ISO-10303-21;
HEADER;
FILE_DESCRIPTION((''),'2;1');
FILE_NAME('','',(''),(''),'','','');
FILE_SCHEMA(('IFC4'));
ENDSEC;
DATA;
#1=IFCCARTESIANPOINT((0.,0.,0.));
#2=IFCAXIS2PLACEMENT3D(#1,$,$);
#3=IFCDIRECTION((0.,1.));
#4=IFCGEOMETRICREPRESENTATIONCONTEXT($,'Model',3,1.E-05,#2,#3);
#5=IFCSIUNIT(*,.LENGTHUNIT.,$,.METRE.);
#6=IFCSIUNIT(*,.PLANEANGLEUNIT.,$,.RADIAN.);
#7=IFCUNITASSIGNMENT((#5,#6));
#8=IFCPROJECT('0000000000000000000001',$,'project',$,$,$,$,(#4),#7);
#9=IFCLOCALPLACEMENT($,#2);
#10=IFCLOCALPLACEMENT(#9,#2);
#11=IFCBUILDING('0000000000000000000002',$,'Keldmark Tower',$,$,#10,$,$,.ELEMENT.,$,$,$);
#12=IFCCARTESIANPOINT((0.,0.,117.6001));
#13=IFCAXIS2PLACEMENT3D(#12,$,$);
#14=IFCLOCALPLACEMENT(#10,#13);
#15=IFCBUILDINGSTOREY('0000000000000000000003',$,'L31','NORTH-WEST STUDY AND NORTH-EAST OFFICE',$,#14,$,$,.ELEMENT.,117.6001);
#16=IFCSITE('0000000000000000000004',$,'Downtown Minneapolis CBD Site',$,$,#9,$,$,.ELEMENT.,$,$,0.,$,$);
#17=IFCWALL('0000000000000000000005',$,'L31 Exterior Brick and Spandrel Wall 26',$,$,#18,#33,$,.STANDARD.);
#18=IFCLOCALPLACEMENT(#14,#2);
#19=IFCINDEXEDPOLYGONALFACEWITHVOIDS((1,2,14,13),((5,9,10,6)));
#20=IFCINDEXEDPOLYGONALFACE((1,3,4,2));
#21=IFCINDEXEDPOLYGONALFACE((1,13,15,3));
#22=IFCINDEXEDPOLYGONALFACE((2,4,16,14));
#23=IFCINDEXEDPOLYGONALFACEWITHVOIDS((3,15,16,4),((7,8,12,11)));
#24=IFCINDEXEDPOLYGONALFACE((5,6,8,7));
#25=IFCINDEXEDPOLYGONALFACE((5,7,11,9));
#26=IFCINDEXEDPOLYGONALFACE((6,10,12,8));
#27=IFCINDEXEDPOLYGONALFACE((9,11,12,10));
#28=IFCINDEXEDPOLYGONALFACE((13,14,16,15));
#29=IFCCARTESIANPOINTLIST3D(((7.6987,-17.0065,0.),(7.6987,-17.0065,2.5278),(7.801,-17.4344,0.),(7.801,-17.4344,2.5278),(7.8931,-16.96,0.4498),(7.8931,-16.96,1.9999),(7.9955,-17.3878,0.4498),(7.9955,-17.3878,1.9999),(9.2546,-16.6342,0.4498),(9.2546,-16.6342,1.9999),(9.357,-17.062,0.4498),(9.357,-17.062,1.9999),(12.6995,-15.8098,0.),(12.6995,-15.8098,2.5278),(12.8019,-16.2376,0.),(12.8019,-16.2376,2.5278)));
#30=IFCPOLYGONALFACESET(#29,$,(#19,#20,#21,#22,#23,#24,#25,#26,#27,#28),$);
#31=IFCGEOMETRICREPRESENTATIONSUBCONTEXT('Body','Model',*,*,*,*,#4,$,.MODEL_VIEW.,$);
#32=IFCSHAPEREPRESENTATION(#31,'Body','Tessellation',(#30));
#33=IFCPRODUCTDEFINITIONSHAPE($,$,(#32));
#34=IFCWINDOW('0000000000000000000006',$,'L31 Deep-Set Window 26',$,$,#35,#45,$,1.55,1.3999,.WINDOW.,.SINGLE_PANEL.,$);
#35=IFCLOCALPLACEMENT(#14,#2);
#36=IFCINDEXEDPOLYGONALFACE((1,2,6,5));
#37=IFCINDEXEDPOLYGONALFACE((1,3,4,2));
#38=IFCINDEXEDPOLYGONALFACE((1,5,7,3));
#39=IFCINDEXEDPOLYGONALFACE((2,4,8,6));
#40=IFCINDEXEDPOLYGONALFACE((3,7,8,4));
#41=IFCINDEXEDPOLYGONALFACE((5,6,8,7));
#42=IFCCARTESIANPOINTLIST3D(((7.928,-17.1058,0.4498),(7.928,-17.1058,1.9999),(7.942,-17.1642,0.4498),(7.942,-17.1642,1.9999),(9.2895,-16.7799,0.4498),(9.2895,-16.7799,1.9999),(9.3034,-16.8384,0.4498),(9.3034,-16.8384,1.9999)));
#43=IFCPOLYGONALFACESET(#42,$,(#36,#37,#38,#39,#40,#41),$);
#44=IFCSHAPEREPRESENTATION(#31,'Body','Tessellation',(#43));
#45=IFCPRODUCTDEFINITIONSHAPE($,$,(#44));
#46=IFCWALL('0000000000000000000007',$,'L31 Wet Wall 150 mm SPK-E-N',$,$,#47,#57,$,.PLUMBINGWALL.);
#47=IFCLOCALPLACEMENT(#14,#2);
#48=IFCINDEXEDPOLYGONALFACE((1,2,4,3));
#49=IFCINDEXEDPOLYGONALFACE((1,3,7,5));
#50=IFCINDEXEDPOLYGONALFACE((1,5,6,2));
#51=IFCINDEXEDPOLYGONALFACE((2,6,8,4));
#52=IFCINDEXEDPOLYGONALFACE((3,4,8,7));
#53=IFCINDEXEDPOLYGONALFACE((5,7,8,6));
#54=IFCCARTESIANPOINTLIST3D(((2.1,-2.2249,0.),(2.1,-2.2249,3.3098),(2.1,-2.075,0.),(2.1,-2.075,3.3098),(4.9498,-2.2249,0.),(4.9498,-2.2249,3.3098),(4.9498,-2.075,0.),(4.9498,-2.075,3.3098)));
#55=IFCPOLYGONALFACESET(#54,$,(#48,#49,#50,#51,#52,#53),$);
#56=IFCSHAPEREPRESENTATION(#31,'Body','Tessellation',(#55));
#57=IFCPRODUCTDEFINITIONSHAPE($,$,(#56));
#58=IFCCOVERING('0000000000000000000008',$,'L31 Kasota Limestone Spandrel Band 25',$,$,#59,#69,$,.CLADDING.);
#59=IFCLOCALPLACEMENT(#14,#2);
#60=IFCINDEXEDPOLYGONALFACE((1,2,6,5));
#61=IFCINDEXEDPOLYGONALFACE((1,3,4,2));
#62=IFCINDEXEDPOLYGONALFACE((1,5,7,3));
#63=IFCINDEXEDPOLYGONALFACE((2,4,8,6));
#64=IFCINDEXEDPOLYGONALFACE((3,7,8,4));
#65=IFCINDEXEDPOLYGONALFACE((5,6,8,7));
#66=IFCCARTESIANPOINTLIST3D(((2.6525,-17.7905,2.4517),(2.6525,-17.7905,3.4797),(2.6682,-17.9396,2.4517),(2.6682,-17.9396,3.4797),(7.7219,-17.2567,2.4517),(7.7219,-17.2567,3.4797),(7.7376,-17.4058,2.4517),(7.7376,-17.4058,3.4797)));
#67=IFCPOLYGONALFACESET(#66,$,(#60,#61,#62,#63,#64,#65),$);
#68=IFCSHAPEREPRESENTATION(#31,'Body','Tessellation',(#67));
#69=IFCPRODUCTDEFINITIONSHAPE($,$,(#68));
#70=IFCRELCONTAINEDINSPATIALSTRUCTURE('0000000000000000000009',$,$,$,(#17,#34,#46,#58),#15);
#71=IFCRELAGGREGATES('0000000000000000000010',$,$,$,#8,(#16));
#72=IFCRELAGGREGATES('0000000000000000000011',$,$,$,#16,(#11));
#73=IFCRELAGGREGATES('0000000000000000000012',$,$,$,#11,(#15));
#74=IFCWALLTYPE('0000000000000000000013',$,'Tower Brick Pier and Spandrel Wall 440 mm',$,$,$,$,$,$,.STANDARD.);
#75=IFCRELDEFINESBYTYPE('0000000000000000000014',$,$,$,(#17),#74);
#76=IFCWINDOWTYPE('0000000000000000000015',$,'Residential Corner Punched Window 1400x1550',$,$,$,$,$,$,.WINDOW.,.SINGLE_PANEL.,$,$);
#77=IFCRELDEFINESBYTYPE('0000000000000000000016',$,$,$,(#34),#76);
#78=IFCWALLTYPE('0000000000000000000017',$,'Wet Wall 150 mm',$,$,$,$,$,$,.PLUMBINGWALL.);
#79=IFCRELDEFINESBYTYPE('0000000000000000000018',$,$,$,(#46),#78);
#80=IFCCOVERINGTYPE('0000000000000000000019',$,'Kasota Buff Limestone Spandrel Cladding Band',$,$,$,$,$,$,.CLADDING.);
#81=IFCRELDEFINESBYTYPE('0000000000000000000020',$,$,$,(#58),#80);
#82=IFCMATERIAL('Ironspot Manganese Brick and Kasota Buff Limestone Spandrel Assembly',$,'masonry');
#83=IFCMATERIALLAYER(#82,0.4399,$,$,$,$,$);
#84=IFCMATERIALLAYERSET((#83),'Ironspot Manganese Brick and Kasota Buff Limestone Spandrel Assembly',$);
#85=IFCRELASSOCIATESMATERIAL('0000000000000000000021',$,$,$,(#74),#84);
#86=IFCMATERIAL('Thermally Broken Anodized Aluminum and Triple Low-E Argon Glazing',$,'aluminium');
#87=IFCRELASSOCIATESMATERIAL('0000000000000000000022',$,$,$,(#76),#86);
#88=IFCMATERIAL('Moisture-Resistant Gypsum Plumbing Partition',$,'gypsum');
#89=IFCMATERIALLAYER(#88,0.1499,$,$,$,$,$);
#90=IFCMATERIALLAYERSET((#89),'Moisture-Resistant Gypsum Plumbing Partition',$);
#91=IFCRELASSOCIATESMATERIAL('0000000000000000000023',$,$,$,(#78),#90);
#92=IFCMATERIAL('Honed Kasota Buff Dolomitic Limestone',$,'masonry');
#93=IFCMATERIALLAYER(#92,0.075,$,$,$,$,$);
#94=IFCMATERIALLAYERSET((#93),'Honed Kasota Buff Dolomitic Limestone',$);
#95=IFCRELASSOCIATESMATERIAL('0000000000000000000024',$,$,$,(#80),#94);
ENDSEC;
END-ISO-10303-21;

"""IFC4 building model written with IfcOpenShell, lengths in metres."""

from ifc_helpers import new_model, si_unit, direction, frame, frame_2d, origin, origin_2d, place, context, subcontext, project, spatial, rectangle, extrude, material, layer, layer_set, type_object, element, fill, save


model = new_model("IFC4")

# Units and contexts
model_context = context("Model", 3, precision=1e-05, world=origin(), true_north=direction((0.0, 1.0)))
body_context = subcontext(model_context, "Body", "Model", "MODEL_VIEW")
ifc_project = project(units=[si_unit("LENGTHUNIT", "METRE"), si_unit("PLANEANGLEUNIT", "RADIAN")], contexts=[model_context])

# Site, building, storey
site_placement = place(None, origin())
site = spatial("IfcSite", under=ifc_project, at=site_placement, Name="Downtown Minneapolis CBD Site", CompositionType="ELEMENT", RefElevation=0.0)
building_placement = place(site_placement, origin())
building = spatial("IfcBuilding", under=site, at=building_placement, Name="Keldmark Tower", CompositionType="ELEMENT")
storey_placement = place(building_placement, frame((0.0, 0.0, 117.6001)))
storey = spatial("IfcBuildingStorey", under=building, at=storey_placement, Name="L31", Description="NORTH-WEST STUDY AND NORTH-EAST OFFICE", CompositionType="ELEMENT", Elevation=117.6001)

# Wall, opening, window
ifc_material_1 = material(Name="Ironspot Manganese Brick and Kasota Buff Limestone Spandrel Assembly", Category="masonry")
ifc_layer_1 = layer(ifc_material_1, 0.4399)
ifc_layer_set_1 = layer_set([ifc_layer_1], Name="Ironspot Manganese Brick and Kasota Buff Limestone Spandrel Assembly")
wall_type_1 = type_object("IfcWallType", Name="Tower Brick Pier and Spandrel Wall 440 mm", PredefinedType="STANDARD", material=ifc_layer_set_1)
ifc_material_2 = material(Name="Thermally Broken Anodized Aluminum and Triple Low-E Argon Glazing", Category="aluminium")
window_type = type_object("IfcWindowType", Name="Residential Corner Punched Window 1400x1550", PartitioningType="SINGLE_PANEL", PredefinedType="WINDOW", material=ifc_material_2)
wall_1_placement = place(storey_placement, frame((12.7507, -16.0237, 0.0), z_axis=(0.0, 0.0, 1.0), x_axis=(-0.97254, -0.232737, 0.0)))
wall_1 = element("IfcWall", 1, at=wall_1_placement, inside=storey, type_object=wall_type_1, Name="L31 Exterior Brick and Spandrel Wall 26", PredefinedType="STANDARD", context=body_context, shape_type="SweptSolid", body=[
    extrude(rectangle(XDim=5.1421, YDim=0.4399, at=frame_2d((2.571, 0.0))), origin(), (0.0, 0.0, 1.0), 2.5278),
])
opening_1_placement = place(wall_1_placement, frame((3.5422, 0.0, 0.45)))
opening_1 = element("IfcOpeningElement", 2, at=opening_1_placement, cuts=wall_1, PredefinedType="OPENING", context=body_context, shape_type="SweptSolid", body=[
    extrude(rectangle(XDim=1.3999, YDim=1.55, at=frame_2d((0.7, 0.7749))), frame((0.0, 0.23, 0.0), z_axis=(0.0, -1.0, 0.0), x_axis=(1.0, 0.0, 0.0)), (0.0, 0.0, 1.0), 0.46),
])
window_1_placement = place(opening_1_placement, origin())
window_1 = element("IfcWindow", 3, at=window_1_placement, inside=storey, type_object=window_type, Name="L31 Deep-Set Window 26", OverallHeight=1.55, OverallWidth=1.3999, PartitioningType="SINGLE_PANEL", PredefinedType="WINDOW", context=body_context, shape_type="SweptSolid", body=[
    extrude(rectangle(XDim=1.3999, YDim=1.55, at=frame_2d((0.7, 0.7749))), frame((0.0, -0.01, 0.0), z_axis=(0.0, -1.0, 0.0), x_axis=(1.0, 0.0, 0.0)), (0.0, 0.0, 1.0), 0.0601),
])
fill(opening_1, window_1)

# Wall
ifc_material_3 = material(Name="Moisture-Resistant Gypsum Plumbing Partition", Category="gypsum")
ifc_layer_2 = layer(ifc_material_3, 0.1499)
ifc_layer_set_2 = layer_set([ifc_layer_2], Name="Moisture-Resistant Gypsum Plumbing Partition")
wall_type_2 = type_object("IfcWallType", Name="Wet Wall 150 mm", PredefinedType="PLUMBINGWALL", material=ifc_layer_set_2)
wall_2_placement = place(storey_placement, frame((2.1001, -2.1499, 0.0), z_axis=(0.0, 0.0, 1.0), x_axis=(1.0, 0.0, 0.0)))
element("IfcWall", 4, at=wall_2_placement, inside=storey, type_object=wall_type_2, Name="L31 Wet Wall 150 mm SPK-E-N", PredefinedType="PLUMBINGWALL", context=body_context, shape_type="SweptSolid", body=[
    extrude(rectangle(XDim=2.8499, YDim=0.1499, at=frame_2d((1.4248, 0.0))), origin(), (0.0, 0.0, 1.0), 3.3098),
])

# Covering
ifc_material_4 = material(Name="Honed Kasota Buff Dolomitic Limestone", Category="masonry")
ifc_layer_3 = layer(ifc_material_4, 0.075)
ifc_layer_set_3 = layer_set([ifc_layer_3], Name="Honed Kasota Buff Dolomitic Limestone")
covering_type = type_object("IfcCoveringType", Name="Kasota Buff Limestone Spandrel Cladding Band", PredefinedType="CLADDING", material=ifc_layer_set_3)
covering_placement = place(storey_placement, frame((5.1951, -17.5981, 2.4517), z_axis=(0.0, 0.0, 1.0), x_axis=(0.994502, 0.104719, 0.0)))
element("IfcCovering", 5, at=covering_placement, inside=storey, type_object=covering_type, Name="L31 Kasota Limestone Spandrel Band 25", PredefinedType="CLADDING", context=body_context, shape_type="SweptSolid", body=[
    extrude(rectangle(XDim=5.0974, YDim=0.1499, at=origin_2d()), origin(), (0.0, 0.0, 1.0), 1.0281),
])

save(model, "model.ifc")
